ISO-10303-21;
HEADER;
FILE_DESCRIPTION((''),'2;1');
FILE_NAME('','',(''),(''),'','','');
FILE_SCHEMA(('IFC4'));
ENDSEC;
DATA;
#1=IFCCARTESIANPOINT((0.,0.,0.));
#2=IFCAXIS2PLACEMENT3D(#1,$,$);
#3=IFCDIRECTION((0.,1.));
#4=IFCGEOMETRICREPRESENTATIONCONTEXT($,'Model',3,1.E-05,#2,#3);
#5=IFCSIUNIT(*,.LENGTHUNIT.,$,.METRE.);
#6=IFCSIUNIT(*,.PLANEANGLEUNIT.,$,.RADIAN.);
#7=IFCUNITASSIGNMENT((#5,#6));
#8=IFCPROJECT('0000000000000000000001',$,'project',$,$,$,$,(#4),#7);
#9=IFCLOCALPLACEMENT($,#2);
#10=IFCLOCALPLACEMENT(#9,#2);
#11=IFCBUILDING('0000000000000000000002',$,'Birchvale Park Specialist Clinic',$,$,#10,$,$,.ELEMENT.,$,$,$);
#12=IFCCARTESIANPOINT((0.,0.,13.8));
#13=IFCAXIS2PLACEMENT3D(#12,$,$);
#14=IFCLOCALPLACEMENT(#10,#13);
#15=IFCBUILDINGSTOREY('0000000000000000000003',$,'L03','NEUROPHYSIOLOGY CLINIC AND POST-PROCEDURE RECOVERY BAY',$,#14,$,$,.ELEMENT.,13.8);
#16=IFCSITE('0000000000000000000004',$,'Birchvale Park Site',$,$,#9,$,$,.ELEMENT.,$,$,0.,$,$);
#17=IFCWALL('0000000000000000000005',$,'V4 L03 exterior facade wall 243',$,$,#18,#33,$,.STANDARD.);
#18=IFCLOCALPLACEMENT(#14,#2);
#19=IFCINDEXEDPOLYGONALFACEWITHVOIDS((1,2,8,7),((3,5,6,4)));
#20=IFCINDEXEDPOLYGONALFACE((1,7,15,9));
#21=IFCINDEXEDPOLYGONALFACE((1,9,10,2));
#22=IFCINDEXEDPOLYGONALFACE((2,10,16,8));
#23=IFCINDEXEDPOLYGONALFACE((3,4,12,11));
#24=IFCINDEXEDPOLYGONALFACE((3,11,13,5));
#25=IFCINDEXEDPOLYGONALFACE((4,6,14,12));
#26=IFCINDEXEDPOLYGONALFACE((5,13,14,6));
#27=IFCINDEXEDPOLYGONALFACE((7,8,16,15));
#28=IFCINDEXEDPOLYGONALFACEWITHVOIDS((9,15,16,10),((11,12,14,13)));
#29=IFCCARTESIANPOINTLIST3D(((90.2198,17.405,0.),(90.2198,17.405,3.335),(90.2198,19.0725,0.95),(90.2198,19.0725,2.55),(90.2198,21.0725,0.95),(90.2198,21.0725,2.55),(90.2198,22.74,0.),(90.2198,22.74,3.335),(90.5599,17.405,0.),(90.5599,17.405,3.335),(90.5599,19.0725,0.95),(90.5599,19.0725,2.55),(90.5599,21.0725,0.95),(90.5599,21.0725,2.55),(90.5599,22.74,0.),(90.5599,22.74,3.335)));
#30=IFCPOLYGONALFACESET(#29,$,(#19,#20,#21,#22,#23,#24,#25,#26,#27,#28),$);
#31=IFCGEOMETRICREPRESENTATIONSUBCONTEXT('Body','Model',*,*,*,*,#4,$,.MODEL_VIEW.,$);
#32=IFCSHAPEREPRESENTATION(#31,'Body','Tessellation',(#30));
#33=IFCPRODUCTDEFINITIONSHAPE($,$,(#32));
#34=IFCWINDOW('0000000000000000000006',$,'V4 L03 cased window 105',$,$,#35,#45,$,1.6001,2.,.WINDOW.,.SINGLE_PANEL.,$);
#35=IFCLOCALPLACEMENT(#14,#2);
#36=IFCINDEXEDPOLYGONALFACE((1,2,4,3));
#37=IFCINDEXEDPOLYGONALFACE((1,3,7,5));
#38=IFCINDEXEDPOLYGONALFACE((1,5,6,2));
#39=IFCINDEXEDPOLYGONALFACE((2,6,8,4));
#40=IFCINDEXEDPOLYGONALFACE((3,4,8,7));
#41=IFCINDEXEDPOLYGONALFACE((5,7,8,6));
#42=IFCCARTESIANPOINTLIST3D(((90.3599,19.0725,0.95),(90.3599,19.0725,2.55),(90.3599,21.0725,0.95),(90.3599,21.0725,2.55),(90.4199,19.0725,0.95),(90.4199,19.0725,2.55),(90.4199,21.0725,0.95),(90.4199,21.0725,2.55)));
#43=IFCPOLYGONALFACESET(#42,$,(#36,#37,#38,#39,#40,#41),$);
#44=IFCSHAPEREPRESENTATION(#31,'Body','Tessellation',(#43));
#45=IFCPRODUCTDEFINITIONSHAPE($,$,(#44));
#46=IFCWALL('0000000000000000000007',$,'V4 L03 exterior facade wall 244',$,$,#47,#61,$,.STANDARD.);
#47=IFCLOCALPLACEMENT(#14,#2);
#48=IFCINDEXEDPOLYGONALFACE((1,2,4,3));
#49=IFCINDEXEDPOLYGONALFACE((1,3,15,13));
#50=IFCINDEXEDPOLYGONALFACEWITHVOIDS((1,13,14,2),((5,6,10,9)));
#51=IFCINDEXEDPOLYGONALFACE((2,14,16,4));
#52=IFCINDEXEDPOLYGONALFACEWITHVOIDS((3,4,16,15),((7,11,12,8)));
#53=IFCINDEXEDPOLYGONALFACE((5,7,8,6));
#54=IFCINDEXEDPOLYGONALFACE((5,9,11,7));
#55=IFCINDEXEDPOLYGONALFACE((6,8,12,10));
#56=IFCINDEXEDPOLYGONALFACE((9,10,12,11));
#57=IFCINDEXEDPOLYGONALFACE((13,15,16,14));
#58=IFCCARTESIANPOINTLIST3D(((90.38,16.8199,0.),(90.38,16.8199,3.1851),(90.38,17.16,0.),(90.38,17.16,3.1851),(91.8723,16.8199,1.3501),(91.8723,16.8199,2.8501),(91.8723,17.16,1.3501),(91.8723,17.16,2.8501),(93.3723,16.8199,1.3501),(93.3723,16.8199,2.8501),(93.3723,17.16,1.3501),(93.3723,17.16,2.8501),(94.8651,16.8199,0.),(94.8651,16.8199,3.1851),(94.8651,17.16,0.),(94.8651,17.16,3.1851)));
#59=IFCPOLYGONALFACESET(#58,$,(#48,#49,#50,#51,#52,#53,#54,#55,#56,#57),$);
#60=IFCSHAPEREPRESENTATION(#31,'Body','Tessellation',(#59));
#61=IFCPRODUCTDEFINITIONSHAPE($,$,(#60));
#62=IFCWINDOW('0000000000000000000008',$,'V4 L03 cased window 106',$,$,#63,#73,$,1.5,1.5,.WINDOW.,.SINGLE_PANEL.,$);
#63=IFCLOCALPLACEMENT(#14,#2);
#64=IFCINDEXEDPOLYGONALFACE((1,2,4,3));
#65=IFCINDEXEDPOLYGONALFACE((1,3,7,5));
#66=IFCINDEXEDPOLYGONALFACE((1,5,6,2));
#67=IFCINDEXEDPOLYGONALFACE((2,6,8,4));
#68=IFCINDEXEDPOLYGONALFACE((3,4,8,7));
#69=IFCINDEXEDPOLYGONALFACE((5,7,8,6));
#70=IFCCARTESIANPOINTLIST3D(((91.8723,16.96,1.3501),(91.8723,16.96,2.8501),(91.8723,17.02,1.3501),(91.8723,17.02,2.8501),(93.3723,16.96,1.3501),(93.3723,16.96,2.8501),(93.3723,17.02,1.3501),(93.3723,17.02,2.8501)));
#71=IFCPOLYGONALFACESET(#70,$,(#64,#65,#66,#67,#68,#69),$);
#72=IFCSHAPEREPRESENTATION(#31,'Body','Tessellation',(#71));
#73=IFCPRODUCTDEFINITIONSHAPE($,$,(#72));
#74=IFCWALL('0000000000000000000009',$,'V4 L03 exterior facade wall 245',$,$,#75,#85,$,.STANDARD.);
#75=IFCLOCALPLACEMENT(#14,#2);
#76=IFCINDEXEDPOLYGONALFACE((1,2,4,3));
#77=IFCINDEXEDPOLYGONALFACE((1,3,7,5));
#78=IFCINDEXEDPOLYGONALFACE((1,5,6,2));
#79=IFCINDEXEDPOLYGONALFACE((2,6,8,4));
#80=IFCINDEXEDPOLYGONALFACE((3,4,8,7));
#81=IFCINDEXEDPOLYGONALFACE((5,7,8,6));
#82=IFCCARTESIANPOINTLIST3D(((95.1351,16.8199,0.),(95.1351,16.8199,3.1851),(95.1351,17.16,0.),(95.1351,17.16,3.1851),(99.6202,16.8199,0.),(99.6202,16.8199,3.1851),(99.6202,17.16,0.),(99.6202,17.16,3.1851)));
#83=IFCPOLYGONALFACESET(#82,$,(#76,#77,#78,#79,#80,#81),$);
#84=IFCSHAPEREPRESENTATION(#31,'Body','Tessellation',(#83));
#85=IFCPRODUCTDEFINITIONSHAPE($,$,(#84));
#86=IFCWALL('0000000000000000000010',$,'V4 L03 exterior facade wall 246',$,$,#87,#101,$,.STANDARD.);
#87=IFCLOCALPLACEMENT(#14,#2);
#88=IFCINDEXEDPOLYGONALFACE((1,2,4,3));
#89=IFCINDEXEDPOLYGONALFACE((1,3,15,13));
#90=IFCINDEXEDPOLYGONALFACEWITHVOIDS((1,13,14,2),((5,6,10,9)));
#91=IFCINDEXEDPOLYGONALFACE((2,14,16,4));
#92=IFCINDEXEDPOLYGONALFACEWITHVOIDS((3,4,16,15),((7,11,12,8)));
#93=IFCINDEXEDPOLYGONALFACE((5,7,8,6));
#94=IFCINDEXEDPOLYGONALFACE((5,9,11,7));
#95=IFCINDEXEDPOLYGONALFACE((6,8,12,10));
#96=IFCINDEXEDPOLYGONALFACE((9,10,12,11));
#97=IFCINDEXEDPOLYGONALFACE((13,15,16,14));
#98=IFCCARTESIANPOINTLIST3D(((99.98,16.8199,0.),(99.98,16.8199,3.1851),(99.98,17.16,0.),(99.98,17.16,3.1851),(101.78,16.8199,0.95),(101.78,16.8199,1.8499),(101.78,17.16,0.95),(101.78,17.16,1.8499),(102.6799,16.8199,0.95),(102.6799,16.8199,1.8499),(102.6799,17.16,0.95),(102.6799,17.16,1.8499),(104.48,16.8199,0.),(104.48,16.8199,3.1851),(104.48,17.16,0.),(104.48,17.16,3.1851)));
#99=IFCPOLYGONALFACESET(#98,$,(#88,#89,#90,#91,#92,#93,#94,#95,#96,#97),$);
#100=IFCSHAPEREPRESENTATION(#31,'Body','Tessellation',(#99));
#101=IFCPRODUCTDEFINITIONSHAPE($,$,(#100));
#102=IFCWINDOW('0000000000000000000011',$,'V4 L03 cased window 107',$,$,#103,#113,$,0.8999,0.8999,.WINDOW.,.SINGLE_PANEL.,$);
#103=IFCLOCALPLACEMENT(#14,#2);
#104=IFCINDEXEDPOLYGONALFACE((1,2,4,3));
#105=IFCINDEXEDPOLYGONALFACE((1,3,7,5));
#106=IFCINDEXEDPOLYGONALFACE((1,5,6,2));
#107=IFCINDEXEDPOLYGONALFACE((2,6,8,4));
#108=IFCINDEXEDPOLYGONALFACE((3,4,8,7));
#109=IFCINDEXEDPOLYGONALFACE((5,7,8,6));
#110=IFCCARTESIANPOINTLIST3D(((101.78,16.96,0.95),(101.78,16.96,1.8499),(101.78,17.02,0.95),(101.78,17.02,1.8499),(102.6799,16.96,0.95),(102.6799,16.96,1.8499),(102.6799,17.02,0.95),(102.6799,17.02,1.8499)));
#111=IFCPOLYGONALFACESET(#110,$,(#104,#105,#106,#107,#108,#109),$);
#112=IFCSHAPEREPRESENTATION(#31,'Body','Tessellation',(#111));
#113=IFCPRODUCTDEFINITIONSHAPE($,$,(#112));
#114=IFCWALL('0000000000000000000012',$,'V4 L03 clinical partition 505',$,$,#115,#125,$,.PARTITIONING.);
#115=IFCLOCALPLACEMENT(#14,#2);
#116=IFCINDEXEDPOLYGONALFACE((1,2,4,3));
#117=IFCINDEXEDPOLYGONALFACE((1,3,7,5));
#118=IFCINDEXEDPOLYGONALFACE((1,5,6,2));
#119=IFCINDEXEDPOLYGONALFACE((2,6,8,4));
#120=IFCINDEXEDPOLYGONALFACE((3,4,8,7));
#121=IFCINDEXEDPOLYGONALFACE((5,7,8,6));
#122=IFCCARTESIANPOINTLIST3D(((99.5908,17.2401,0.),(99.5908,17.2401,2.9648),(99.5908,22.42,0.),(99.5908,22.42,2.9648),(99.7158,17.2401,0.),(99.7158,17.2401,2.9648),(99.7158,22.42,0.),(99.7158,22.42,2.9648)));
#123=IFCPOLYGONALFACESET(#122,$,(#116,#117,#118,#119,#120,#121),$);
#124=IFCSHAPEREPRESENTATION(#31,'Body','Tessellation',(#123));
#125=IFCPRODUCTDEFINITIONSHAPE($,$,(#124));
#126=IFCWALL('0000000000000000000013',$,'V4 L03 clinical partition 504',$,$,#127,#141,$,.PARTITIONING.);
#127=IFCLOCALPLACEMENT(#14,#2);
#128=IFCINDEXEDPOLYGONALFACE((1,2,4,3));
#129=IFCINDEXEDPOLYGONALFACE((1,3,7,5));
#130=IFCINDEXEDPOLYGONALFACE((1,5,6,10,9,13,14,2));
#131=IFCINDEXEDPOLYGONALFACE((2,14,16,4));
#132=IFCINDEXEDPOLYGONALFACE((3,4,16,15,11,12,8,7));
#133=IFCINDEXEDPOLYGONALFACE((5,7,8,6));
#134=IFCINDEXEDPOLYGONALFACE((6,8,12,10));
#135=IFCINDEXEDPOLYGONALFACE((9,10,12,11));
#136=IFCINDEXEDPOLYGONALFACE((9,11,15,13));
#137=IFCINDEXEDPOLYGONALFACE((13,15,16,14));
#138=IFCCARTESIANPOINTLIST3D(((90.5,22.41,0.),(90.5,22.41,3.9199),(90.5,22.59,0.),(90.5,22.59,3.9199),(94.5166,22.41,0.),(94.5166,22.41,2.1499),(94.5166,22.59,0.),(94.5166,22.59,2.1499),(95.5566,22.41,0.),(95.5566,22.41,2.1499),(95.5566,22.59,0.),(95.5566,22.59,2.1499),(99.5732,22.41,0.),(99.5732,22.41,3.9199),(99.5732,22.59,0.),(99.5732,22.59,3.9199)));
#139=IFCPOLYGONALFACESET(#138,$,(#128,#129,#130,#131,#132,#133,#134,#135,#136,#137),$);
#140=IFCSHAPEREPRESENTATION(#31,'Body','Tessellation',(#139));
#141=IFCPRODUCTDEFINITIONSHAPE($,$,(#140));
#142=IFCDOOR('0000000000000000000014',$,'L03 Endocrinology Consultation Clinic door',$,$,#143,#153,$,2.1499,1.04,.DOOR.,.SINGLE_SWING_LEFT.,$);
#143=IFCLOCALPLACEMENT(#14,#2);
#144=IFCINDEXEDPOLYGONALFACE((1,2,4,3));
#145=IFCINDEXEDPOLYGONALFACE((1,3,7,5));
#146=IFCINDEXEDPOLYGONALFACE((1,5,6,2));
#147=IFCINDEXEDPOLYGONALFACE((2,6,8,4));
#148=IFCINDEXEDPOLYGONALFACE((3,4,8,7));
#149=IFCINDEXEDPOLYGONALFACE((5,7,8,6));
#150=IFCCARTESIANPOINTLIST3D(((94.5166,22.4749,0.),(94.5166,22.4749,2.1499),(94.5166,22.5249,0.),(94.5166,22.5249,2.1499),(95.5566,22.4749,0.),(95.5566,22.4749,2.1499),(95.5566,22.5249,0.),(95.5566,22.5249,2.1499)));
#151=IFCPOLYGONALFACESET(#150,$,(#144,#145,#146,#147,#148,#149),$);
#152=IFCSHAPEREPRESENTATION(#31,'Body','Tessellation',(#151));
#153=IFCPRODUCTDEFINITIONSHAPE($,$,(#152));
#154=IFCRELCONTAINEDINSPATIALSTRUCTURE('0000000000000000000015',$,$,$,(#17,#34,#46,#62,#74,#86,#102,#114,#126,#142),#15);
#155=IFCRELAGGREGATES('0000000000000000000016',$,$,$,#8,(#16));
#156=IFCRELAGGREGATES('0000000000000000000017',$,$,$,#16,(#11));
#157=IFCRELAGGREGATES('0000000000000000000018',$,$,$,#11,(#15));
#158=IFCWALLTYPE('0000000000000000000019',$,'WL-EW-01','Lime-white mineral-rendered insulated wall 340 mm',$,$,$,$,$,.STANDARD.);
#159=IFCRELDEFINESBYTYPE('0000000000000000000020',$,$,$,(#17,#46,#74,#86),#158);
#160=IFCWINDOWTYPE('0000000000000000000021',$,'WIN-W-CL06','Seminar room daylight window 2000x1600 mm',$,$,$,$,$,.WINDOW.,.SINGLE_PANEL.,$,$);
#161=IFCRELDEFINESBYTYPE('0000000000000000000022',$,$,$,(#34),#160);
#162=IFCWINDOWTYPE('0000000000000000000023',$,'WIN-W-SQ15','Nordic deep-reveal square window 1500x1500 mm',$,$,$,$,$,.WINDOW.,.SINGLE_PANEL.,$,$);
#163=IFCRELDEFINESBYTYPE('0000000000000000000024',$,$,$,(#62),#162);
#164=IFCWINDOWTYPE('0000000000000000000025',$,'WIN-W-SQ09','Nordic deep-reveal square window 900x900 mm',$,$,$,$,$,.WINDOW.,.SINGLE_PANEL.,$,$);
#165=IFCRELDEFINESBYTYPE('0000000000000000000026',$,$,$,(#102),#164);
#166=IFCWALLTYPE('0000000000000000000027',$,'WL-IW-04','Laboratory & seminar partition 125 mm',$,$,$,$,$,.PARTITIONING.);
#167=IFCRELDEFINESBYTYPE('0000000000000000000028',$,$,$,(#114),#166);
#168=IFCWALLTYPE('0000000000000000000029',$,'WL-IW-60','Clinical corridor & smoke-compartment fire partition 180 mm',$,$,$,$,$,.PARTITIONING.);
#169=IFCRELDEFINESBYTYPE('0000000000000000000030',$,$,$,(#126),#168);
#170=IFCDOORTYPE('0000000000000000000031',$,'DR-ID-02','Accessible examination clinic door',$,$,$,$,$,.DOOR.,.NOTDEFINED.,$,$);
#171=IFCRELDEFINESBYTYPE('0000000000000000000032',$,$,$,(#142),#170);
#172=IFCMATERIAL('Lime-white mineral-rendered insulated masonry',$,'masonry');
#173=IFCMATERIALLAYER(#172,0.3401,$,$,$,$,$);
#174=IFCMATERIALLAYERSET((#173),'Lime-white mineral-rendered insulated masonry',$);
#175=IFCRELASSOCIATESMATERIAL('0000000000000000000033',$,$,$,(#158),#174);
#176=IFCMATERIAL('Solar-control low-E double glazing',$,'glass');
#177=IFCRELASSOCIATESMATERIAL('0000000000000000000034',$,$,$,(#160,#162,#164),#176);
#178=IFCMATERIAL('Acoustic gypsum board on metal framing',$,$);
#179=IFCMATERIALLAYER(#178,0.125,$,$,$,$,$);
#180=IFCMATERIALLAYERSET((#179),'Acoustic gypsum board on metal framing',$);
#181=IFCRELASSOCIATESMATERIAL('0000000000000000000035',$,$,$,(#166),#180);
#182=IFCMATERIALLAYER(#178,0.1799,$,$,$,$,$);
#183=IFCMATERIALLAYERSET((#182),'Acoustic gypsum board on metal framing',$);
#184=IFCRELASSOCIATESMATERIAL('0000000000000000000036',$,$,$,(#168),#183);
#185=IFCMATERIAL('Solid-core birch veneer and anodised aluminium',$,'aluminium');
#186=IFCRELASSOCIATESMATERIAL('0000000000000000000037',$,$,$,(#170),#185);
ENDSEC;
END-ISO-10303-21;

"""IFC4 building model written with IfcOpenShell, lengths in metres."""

from ifc_helpers import new_model, si_unit, direction, frame, frame_2d, origin, place, context, subcontext, project, spatial, rectangle, extrude, material, layer, layer_set, type_object, element, fill, save


model = new_model("IFC4")

# Units and contexts
model_context = context("Model", 3, precision=1e-05, world=origin(), true_north=direction((0.0, 1.0)))
body_context = subcontext(model_context, "Body", "Model", "MODEL_VIEW")
ifc_project = project(units=[si_unit("LENGTHUNIT", "METRE"), si_unit("PLANEANGLEUNIT", "RADIAN")], contexts=[model_context])

# Site, building, storey
site_placement = place(None, origin())
site = spatial("IfcSite", under=ifc_project, at=site_placement, Name="Birchvale Park Site", CompositionType="ELEMENT", RefElevation=0.0)
building_placement = place(site_placement, origin())
building = spatial("IfcBuilding", under=site, at=building_placement, Name="Birchvale Park Specialist Clinic", CompositionType="ELEMENT")
storey_placement = place(building_placement, frame((0.0, 0.0, 13.8)))
storey = spatial("IfcBuildingStorey", under=building, at=storey_placement, Name="L03", Description="NEUROPHYSIOLOGY CLINIC AND POST-PROCEDURE RECOVERY BAY", CompositionType="ELEMENT", Elevation=13.8)

# Walls, openings, windows
ifc_material_1 = material(Name="Lime-white mineral-rendered insulated masonry", Category="masonry")
ifc_layer_1 = layer(ifc_material_1, 0.3401)
ifc_layer_set_1 = layer_set([ifc_layer_1], Name="Lime-white mineral-rendered insulated masonry")
wall_type_1 = type_object("IfcWallType", Name="WL-EW-01", Description="Lime-white mineral-rendered insulated wall 340 mm", PredefinedType="STANDARD", material=ifc_layer_set_1)
wall_1_placement = place(storey_placement, frame((90.3899, 22.74, 0.0), z_axis=(0.0, 0.0, 1.0), x_axis=(0.0, -1.0, 0.0)))
wall_1 = element("IfcWall", 1, at=wall_1_placement, inside=storey, type_object=wall_type_1, Name="V4 L03 exterior facade wall 243", PredefinedType="STANDARD", context=body_context, shape_type="SweptSolid", body=[
    extrude(rectangle(XDim=5.335, YDim=0.3401, at=frame_2d((2.6675, 0.0))), origin(), (0.0, 0.0, 1.0), 3.335),
])
opening_1_placement = place(wall_1_placement, frame((1.6675, 0.0, 0.95)))
opening_1 = element("IfcOpeningElement", 2, at=opening_1_placement, cuts=wall_1, PredefinedType="OPENING", context=body_context, shape_type="SweptSolid", body=[
    extrude(rectangle(XDim=2.0, YDim=1.6001, at=frame_2d((1.0, 0.8))), frame((0.0, 0.1802, 0.0), z_axis=(0.0, -1.0, 0.0), x_axis=(1.0, 0.0, 0.0)), (0.0, 0.0, 1.0), 0.3601),
])
ifc_material_2 = material(Name="Solar-control low-E double glazing", Category="glass")
window_type_1 = type_object("IfcWindowType", Name="WIN-W-CL06", Description="Seminar room daylight window 2000x1600 mm", PartitioningType="SINGLE_PANEL", PredefinedType="WINDOW", material=ifc_material_2)
window_1_placement = place(opening_1_placement, origin())
window_1 = element("IfcWindow", 3, at=window_1_placement, inside=storey, type_object=window_type_1, Name="V4 L03 cased window 105", OverallHeight=1.6001, OverallWidth=2.0, PartitioningType="SINGLE_PANEL", PredefinedType="WINDOW", context=body_context, shape_type="SweptSolid", body=[
    extrude(rectangle(XDim=2.0, YDim=1.6001, at=frame_2d((1.0, 0.8))), frame((0.0, 0.03, 0.0), z_axis=(0.0, -1.0, 0.0), x_axis=(1.0, 0.0, 0.0)), (0.0, 0.0, 1.0), 0.0601),
])
fill(opening_1, window_1)
wall_2_placement = place(storey_placement, frame((90.3799, 16.99, 0.0), z_axis=(0.0, 0.0, 1.0), x_axis=(1.0, 0.0, 0.0)))
wall_2 = element("IfcWall", 4, at=wall_2_placement, inside=storey, type_object=wall_type_1, Name="V4 L03 exterior facade wall 244", PredefinedType="STANDARD", context=body_context, shape_type="SweptSolid", body=[
    extrude(rectangle(XDim=4.4851, YDim=0.3401, at=frame_2d((2.2427, 0.0))), origin(), (0.0, 0.0, 1.0), 3.1851),
])
opening_2_placement = place(wall_2_placement, frame((1.4924, 0.0, 1.3501)))
opening_2 = element("IfcOpeningElement", 5, at=opening_2_placement, cuts=wall_2, PredefinedType="OPENING", context=body_context, shape_type="SweptSolid", body=[
    extrude(rectangle(XDim=1.5, YDim=1.5, at=frame_2d((0.75, 0.75))), frame((0.0, 0.1802, 0.0), z_axis=(0.0, -1.0, 0.0), x_axis=(1.0, 0.0, 0.0)), (0.0, 0.0, 1.0), 0.3601),
])
window_type_2 = type_object("IfcWindowType", Name="WIN-W-SQ15", Description="Nordic deep-reveal square window 1500x1500 mm", PartitioningType="SINGLE_PANEL", PredefinedType="WINDOW", material=ifc_material_2)
window_2_placement = place(opening_2_placement, origin())
window_2 = element("IfcWindow", 6, at=window_2_placement, inside=storey, type_object=window_type_2, Name="V4 L03 cased window 106", OverallHeight=1.5, OverallWidth=1.5, PartitioningType="SINGLE_PANEL", PredefinedType="WINDOW", context=body_context, shape_type="SweptSolid", body=[
    extrude(rectangle(XDim=1.5, YDim=1.5, at=frame_2d((0.75, 0.75))), frame((0.0, 0.03, 0.0), z_axis=(0.0, -1.0, 0.0), x_axis=(1.0, 0.0, 0.0)), (0.0, 0.0, 1.0), 0.0601),
])
fill(opening_2, window_2)

# Wall
wall_3_placement = place(storey_placement, frame((95.135, 16.99, 0.0), z_axis=(0.0, 0.0, 1.0), x_axis=(1.0, 0.0, 0.0)))
element("IfcWall", 7, at=wall_3_placement, inside=storey, type_object=wall_type_1, Name="V4 L03 exterior facade wall 245", PredefinedType="STANDARD", context=body_context, shape_type="SweptSolid", body=[
    extrude(rectangle(XDim=4.4851, YDim=0.3401, at=frame_2d((2.2427, 0.0))), origin(), (0.0, 0.0, 1.0), 3.1851),
])

# Wall, opening, window
wall_4_placement = place(storey_placement, frame((99.98, 16.99, 0.0), z_axis=(0.0, 0.0, 1.0), x_axis=(1.0, 0.0, 0.0)))
wall_4 = element("IfcWall", 8, at=wall_4_placement, inside=storey, type_object=wall_type_1, Name="V4 L03 exterior facade wall 246", PredefinedType="STANDARD", context=body_context, shape_type="SweptSolid", body=[
    extrude(rectangle(XDim=4.5, YDim=0.3401, at=frame_2d((2.25, 0.0))), origin(), (0.0, 0.0, 1.0), 3.1851),
])
opening_3_placement = place(wall_4_placement, frame((1.8, 0.0, 0.95)))
opening_3 = element("IfcOpeningElement", 9, at=opening_3_placement, cuts=wall_4, PredefinedType="OPENING", context=body_context, shape_type="SweptSolid", body=[
    extrude(rectangle(XDim=0.8999, YDim=0.8999, at=frame_2d((0.45, 0.45))), frame((0.0, 0.1802, 0.0), z_axis=(0.0, -1.0, 0.0), x_axis=(1.0, 0.0, 0.0)), (0.0, 0.0, 1.0), 0.3601),
])
window_type_3 = type_object("IfcWindowType", Name="WIN-W-SQ09", Description="Nordic deep-reveal square window 900x900 mm", PartitioningType="SINGLE_PANEL", PredefinedType="WINDOW", material=ifc_material_2)
window_3_placement = place(opening_3_placement, origin())
window_3 = element("IfcWindow", 10, at=window_3_placement, inside=storey, type_object=window_type_3, Name="V4 L03 cased window 107", OverallHeight=0.8999, OverallWidth=0.8999, PartitioningType="SINGLE_PANEL", PredefinedType="WINDOW", context=body_context, shape_type="SweptSolid", body=[
    extrude(rectangle(XDim=0.8999, YDim=0.8999, at=frame_2d((0.45, 0.45))), frame((0.0, 0.03, 0.0), z_axis=(0.0, -1.0, 0.0), x_axis=(1.0, 0.0, 0.0)), (0.0, 0.0, 1.0), 0.0601),
])
fill(opening_3, window_3)

# Wall
ifc_material_3 = material(Name="Acoustic gypsum board on metal framing")
ifc_layer_2 = layer(ifc_material_3, 0.125)
ifc_layer_set_2 = layer_set([ifc_layer_2], Name="Acoustic gypsum board on metal framing")
wall_type_2 = type_object("IfcWallType", Name="WL-IW-04", Description="Laboratory & seminar partition 125 mm", PredefinedType="PARTITIONING", material=ifc_layer_set_2)
wall_5_placement = place(storey_placement, frame((99.6533, 22.4199, 0.0), z_axis=(0.0, 0.0, 1.0), x_axis=(0.0, -1.0, 0.0)))
element("IfcWall", 11, at=wall_5_placement, inside=storey, type_object=wall_type_2, Name="V4 L03 clinical partition 505", PredefinedType="PARTITIONING", context=body_context, shape_type="SweptSolid", body=[
    extrude(rectangle(XDim=5.1799, YDim=0.125, at=frame_2d((2.5898, 0.0))), origin(), (0.0, 0.0, 1.0), 2.9648),
])

# Wall, opening, door
ifc_layer_3 = layer(ifc_material_3, 0.1799)
ifc_layer_set_3 = layer_set([ifc_layer_3], Name="Acoustic gypsum board on metal framing")
wall_type_3 = type_object("IfcWallType", Name="WL-IW-60", Description="Clinical corridor & smoke-compartment fire partition 180 mm", PredefinedType="PARTITIONING", material=ifc_layer_set_3)
wall_6_placement = place(storey_placement, frame((90.5, 22.5, 0.0), z_axis=(0.0, 0.0, 1.0), x_axis=(1.0, 0.0, 0.0)))
wall_6 = element("IfcWall", 12, at=wall_6_placement, inside=storey, type_object=wall_type_3, Name="V4 L03 clinical partition 504", PredefinedType="PARTITIONING", context=body_context, shape_type="SweptSolid", body=[
    extrude(rectangle(XDim=9.0732, YDim=0.1799, at=frame_2d((4.5366, 0.0))), origin(), (0.0, 0.0, 1.0), 3.9199),
])
opening_4_placement = place(wall_6_placement, frame((4.0166, 0.0, 0.0)))
opening_4 = element("IfcOpeningElement", 13, at=opening_4_placement, cuts=wall_6, PredefinedType="OPENING", context=body_context, shape_type="SweptSolid", body=[
    extrude(rectangle(XDim=1.04, YDim=2.1499, at=frame_2d((0.52, 1.075))), frame((0.0, 0.1001, 0.0), z_axis=(0.0, -1.0, 0.0), x_axis=(1.0, 0.0, 0.0)), (0.0, 0.0, 1.0), 0.2),
])
ifc_material_4 = material(Name="Solid-core birch veneer and anodised aluminium", Category="aluminium")
door_type_1 = type_object("IfcDoorType", Name="DR-ID-02", Description="Accessible examination clinic door", OperationType="NOTDEFINED", PredefinedType="DOOR", material=ifc_material_4)
door_1_placement = place(opening_4_placement, origin())
door_1 = element("IfcDoor", 14, at=door_1_placement, inside=storey, type_object=door_type_1, Name="L03 Endocrinology Consultation Clinic door", OperationType="SINGLE_SWING_LEFT", OverallHeight=2.1499, OverallWidth=1.04, PredefinedType="DOOR", context=body_context, shape_type="SweptSolid", body=[
    extrude(rectangle(XDim=1.04, YDim=2.1499, at=frame_2d((0.52, 1.075))), frame((0.0, 0.0249, 0.0), z_axis=(0.0, -1.0, 0.0), x_axis=(1.0, 0.0, 0.0)), (0.0, 0.0, 1.0), 0.05),
])
fill(opening_4, door_1)

save(model, "model.ifc")
